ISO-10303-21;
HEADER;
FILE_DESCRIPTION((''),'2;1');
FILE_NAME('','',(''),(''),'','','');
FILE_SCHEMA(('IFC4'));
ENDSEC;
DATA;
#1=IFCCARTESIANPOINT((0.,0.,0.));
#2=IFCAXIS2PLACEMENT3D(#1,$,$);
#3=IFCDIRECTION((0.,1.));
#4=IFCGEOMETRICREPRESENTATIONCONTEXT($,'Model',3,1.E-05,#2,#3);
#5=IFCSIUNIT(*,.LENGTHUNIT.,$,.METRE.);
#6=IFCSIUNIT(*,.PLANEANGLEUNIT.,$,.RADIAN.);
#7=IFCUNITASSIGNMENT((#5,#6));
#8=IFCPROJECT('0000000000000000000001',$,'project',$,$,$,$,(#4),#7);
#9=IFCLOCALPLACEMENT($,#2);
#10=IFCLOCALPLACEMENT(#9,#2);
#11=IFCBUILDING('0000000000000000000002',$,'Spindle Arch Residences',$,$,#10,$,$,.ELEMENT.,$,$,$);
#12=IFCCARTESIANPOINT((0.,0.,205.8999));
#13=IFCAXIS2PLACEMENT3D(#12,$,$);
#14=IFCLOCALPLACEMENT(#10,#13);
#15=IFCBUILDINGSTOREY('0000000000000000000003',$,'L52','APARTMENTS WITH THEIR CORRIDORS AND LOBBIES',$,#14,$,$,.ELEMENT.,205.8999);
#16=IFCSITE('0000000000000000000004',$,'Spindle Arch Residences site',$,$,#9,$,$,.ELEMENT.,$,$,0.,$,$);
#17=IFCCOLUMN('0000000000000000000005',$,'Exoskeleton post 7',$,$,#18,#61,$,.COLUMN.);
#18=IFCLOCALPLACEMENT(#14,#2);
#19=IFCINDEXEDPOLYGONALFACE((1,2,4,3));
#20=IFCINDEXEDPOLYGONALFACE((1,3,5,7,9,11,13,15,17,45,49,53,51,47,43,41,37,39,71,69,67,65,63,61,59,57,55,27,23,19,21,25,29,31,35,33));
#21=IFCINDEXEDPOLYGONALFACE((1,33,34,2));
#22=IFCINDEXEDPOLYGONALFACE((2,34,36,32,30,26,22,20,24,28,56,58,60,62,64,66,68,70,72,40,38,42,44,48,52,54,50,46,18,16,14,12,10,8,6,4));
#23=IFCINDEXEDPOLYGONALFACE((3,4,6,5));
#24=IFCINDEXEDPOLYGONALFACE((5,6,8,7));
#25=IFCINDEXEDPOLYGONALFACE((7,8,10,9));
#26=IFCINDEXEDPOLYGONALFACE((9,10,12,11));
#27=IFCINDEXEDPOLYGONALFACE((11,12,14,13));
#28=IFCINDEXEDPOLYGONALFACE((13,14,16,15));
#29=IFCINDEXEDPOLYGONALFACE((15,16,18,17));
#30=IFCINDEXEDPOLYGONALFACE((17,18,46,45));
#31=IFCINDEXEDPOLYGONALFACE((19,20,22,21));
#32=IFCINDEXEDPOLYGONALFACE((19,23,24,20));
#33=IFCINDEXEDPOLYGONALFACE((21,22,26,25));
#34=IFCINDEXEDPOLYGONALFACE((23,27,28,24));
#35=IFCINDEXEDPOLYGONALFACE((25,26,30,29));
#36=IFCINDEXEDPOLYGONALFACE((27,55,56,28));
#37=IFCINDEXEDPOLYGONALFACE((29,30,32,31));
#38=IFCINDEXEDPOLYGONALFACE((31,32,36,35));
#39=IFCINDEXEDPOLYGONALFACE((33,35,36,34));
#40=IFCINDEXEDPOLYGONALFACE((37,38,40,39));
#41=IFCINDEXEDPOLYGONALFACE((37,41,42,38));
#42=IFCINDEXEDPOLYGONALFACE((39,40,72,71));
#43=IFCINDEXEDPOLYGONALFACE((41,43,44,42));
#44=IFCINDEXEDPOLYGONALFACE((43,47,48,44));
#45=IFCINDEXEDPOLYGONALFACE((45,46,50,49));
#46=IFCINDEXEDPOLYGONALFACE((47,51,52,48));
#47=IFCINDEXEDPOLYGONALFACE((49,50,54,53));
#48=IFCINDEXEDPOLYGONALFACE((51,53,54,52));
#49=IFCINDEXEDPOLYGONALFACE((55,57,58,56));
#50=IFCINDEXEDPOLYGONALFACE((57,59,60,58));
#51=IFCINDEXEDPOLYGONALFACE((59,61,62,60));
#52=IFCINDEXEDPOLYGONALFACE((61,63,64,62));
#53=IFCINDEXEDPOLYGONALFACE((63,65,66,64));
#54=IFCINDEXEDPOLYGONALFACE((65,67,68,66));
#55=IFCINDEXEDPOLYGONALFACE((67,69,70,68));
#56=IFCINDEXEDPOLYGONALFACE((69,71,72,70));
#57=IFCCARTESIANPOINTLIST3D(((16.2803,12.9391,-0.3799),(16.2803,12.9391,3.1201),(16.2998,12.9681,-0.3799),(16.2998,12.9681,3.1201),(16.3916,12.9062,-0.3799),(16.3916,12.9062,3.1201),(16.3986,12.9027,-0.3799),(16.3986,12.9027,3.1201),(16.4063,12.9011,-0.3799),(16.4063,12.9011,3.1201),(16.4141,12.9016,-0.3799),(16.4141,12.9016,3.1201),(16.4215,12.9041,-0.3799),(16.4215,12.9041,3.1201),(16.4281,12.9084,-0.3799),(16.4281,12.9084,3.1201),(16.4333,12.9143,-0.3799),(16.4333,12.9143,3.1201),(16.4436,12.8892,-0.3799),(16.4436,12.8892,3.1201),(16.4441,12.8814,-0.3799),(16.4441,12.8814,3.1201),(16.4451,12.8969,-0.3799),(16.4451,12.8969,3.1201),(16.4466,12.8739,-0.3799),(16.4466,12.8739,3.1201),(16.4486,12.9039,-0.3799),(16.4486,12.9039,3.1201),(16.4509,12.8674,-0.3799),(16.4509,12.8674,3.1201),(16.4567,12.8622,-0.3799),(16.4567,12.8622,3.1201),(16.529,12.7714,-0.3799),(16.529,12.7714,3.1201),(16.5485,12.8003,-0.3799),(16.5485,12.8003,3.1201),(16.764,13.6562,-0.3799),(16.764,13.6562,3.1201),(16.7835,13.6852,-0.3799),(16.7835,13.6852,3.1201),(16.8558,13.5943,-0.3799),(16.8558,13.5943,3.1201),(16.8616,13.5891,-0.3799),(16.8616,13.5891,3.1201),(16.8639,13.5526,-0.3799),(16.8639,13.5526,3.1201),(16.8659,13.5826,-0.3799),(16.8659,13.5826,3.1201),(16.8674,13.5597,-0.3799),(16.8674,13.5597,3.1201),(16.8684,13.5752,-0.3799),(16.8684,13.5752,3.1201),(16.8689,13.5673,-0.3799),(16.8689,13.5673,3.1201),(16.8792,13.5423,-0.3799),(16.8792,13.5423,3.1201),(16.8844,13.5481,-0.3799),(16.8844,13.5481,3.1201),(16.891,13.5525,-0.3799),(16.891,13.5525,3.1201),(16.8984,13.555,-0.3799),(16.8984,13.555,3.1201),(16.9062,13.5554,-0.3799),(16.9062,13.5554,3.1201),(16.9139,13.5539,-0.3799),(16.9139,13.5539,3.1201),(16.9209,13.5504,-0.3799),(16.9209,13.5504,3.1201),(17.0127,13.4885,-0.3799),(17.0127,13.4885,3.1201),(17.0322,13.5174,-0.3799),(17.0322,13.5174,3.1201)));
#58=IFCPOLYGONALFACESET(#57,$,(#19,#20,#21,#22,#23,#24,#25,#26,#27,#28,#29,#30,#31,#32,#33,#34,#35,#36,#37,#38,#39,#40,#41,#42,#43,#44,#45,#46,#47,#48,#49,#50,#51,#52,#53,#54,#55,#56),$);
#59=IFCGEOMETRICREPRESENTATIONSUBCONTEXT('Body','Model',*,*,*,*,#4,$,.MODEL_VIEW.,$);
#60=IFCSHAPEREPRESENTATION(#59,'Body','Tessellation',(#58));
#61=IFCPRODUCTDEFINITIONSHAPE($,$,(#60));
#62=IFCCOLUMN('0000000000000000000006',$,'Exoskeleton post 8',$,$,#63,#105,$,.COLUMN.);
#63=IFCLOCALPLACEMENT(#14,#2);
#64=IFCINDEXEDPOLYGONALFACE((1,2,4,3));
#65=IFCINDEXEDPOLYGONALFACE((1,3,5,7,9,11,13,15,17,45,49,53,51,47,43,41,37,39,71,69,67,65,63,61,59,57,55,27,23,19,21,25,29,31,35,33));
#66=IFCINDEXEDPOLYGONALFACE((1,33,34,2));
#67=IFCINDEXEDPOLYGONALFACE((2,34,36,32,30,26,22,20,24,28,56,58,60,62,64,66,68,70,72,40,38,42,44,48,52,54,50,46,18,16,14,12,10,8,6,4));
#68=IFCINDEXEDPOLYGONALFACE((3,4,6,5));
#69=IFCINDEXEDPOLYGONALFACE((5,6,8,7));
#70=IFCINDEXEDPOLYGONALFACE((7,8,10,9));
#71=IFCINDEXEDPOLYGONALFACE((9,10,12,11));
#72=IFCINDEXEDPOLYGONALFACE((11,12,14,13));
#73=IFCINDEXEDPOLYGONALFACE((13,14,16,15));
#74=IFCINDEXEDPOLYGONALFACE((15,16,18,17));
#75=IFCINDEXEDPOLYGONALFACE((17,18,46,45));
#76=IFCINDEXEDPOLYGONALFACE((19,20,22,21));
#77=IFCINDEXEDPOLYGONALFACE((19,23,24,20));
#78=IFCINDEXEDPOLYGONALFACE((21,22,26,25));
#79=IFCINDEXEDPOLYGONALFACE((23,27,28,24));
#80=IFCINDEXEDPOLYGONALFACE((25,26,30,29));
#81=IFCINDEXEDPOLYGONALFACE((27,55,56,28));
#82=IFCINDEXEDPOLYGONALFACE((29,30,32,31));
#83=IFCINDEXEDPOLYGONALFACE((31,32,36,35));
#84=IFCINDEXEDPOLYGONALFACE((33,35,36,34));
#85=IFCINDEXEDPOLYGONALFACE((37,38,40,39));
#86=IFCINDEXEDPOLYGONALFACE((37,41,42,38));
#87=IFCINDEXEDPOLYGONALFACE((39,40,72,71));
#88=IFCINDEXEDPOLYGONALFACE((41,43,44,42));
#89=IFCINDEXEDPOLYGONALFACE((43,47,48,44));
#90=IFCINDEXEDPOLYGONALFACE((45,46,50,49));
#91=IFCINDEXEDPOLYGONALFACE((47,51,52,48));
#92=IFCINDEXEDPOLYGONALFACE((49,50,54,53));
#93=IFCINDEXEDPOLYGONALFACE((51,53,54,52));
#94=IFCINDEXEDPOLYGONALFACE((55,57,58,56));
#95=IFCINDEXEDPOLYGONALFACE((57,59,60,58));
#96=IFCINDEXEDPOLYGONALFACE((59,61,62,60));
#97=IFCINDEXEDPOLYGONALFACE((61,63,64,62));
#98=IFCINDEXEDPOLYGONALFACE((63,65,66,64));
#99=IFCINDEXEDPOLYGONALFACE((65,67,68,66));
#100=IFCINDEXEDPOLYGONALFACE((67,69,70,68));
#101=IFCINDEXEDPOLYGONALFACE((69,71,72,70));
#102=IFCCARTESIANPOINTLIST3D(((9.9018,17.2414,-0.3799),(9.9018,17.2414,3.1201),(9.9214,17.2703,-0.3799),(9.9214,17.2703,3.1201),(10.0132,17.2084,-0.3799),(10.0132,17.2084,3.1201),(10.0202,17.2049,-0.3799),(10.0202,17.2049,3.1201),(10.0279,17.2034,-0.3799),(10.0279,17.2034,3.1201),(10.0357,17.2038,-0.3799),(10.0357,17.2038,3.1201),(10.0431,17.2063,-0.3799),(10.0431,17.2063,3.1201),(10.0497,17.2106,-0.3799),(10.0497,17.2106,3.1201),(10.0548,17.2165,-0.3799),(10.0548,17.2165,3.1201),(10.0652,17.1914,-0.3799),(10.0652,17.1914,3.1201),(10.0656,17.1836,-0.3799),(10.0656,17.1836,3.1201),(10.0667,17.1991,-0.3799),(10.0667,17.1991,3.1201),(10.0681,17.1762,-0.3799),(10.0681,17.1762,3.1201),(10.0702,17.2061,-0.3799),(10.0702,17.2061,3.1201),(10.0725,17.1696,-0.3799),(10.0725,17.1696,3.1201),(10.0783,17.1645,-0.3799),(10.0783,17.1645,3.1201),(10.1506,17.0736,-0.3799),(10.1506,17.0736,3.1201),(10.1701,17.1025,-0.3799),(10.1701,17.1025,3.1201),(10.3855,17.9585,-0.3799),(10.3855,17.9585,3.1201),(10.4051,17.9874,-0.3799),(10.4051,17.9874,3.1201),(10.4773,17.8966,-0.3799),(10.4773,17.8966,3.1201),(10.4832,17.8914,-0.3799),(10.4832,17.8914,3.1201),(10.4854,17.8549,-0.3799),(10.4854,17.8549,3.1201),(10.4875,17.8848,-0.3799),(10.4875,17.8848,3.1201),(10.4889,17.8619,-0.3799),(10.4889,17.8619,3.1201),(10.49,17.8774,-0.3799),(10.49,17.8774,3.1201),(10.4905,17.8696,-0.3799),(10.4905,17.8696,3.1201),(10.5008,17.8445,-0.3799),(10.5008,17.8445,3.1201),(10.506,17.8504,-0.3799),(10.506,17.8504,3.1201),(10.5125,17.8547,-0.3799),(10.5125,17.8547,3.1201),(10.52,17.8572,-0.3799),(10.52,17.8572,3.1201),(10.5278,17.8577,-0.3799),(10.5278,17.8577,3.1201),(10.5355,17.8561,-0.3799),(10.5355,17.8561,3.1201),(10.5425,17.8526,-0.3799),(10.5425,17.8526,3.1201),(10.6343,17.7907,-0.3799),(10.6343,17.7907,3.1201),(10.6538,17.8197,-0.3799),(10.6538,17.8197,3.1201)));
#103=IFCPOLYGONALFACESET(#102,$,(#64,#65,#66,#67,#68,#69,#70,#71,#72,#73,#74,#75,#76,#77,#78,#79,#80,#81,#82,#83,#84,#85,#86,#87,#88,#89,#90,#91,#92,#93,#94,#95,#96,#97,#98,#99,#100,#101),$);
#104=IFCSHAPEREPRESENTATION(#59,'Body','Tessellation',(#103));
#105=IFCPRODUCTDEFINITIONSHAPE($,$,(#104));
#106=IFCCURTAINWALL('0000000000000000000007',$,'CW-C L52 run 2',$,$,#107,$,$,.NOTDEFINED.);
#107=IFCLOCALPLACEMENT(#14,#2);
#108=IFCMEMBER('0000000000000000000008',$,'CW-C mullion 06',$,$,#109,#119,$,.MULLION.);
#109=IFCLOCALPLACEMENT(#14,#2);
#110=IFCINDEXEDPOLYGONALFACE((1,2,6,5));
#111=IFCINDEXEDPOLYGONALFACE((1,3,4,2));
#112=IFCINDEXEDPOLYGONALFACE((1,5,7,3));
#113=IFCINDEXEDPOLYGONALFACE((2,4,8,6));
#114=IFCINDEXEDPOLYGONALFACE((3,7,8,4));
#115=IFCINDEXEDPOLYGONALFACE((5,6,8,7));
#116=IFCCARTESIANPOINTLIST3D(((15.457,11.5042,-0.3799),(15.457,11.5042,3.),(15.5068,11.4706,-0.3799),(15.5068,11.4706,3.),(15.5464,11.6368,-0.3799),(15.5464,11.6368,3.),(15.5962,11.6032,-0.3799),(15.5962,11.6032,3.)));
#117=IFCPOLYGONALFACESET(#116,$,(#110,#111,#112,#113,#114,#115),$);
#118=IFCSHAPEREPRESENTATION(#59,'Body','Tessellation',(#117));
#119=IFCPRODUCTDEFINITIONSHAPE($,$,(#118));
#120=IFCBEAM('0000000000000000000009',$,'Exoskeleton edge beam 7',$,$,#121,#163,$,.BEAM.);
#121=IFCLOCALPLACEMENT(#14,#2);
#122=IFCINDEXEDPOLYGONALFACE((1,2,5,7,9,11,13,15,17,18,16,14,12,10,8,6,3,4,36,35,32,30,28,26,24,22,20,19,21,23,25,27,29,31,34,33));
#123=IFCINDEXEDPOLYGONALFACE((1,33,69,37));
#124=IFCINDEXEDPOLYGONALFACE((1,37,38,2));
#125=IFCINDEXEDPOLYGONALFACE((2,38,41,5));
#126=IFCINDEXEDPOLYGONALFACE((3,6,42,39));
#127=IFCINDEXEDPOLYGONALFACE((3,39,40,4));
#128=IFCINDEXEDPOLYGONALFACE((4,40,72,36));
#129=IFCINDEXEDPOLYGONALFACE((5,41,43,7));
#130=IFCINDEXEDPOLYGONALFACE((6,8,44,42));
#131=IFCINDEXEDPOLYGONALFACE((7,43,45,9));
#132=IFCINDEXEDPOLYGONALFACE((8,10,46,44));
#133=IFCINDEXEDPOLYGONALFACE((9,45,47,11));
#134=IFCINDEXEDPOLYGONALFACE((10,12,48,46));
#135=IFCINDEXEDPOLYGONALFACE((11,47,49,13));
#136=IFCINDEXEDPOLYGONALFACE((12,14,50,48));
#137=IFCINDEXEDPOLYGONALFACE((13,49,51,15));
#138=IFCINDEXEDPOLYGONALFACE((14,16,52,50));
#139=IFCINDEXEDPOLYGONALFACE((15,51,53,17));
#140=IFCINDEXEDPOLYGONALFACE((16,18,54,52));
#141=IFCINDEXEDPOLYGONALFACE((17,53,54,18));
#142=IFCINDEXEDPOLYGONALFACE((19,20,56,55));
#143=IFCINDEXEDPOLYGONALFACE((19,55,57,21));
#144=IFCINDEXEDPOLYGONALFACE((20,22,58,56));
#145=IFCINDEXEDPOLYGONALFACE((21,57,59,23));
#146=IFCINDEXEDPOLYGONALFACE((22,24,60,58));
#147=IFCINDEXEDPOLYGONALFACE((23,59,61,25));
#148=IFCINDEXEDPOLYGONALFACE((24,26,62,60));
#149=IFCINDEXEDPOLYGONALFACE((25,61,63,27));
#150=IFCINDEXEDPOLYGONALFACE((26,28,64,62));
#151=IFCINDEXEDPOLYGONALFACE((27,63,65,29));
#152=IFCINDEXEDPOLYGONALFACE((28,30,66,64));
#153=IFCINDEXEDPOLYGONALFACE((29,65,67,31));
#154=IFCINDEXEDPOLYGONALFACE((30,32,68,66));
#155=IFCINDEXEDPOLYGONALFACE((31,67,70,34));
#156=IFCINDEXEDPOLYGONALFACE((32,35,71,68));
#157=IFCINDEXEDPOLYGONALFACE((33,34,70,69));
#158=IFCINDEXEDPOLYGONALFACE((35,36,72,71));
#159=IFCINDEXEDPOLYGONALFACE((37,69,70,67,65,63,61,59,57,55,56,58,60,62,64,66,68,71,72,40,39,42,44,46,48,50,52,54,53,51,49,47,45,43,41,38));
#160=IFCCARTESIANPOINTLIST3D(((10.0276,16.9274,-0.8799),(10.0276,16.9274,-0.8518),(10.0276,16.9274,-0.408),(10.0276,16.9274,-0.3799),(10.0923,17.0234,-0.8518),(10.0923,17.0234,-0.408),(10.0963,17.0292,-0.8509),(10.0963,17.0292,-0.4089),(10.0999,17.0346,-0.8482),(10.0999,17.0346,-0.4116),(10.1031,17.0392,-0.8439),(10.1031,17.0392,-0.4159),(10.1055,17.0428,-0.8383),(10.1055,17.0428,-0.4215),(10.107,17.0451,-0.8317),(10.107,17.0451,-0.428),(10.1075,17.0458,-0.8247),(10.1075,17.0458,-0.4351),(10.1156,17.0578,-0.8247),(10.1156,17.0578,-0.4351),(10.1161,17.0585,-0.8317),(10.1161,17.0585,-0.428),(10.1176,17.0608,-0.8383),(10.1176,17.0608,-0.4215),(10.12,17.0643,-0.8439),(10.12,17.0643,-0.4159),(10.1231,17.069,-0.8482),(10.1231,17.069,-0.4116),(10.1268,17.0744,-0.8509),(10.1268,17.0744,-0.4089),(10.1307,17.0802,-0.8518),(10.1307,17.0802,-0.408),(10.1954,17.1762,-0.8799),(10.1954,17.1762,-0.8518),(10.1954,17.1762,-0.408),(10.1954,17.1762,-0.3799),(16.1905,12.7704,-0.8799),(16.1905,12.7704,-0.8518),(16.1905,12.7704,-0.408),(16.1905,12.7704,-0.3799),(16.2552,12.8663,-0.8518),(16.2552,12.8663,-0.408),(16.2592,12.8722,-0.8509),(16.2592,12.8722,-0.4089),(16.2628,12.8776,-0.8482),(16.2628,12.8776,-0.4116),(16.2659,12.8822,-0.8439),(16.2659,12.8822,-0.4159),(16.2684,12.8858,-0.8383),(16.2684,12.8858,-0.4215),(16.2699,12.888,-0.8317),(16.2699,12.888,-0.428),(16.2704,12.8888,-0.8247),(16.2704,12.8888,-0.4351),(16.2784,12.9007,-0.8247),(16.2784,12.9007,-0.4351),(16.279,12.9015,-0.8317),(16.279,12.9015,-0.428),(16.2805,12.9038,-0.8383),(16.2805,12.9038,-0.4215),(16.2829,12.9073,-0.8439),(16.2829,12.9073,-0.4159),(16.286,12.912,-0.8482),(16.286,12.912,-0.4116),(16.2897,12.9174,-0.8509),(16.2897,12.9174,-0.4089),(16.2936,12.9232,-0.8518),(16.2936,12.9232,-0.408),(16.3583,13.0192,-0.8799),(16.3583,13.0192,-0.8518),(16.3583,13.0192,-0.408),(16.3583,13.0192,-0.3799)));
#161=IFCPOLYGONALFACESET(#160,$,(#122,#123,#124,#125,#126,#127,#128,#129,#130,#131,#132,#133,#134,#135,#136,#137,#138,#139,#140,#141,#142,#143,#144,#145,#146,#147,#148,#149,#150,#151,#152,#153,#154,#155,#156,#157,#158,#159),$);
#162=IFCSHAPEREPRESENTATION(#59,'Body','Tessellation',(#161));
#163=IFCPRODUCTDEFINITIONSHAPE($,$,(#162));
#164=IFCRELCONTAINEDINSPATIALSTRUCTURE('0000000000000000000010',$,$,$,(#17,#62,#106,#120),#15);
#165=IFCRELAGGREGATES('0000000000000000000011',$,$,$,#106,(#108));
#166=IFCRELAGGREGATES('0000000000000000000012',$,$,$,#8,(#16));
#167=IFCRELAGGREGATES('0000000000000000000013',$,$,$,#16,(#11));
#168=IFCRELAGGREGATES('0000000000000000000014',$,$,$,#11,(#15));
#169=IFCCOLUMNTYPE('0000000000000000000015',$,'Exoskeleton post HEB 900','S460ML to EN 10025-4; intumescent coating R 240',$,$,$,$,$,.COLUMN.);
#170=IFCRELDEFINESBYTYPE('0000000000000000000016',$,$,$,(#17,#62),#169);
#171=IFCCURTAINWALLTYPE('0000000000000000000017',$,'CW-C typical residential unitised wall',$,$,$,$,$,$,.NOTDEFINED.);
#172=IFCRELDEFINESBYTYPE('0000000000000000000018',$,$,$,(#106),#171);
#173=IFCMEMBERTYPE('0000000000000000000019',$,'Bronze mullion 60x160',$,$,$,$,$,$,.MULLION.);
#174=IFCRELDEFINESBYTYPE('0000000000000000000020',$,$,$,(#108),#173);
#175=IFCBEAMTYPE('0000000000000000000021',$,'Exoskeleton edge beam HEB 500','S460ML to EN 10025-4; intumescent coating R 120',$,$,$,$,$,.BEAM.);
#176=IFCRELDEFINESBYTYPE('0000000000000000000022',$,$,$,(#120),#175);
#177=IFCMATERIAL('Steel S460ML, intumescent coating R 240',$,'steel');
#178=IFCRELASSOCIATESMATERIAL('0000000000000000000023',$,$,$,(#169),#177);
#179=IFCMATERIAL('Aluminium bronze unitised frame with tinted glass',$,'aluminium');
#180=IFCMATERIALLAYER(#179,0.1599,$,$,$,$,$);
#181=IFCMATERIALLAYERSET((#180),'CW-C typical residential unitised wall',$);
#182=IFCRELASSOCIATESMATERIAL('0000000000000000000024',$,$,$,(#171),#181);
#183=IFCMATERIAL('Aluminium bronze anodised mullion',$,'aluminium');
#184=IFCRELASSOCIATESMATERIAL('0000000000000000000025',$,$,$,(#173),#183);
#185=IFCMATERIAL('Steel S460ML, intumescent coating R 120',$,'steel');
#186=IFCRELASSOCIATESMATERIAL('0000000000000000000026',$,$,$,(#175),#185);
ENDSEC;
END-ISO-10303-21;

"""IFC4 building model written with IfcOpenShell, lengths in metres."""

from ifc_helpers import new_model, si_unit, direction, frame, origin, origin_2d, place, context, subcontext, project, spatial, rectangle, i_section, extrude, material, layer, layer_set, material_profile, profile_set, type_object, element, aggregate, save


model = new_model("IFC4")

# Units and contexts
model_context = context("Model", 3, precision=1e-05, world=origin(), true_north=direction((0.0, 1.0)))
body_context = subcontext(model_context, "Body", "Model", "MODEL_VIEW")
ifc_project = project(units=[si_unit("LENGTHUNIT", "METRE"), si_unit("PLANEANGLEUNIT", "RADIAN")], contexts=[model_context])

# Site, building, storey
site_placement = place(None, origin())
site = spatial("IfcSite", under=ifc_project, at=site_placement, Name="Spindle Arch Residences site", CompositionType="ELEMENT", RefElevation=0.0)
building_placement = place(site_placement, origin())
building = spatial("IfcBuilding", under=site, at=building_placement, Name="Spindle Arch Residences", CompositionType="ELEMENT")
storey_placement = place(building_placement, frame((0.0, 0.0, 205.8999)))
storey = spatial("IfcBuildingStorey", under=building, at=storey_placement, Name="L52", Description="APARTMENTS WITH THEIR CORRIDORS AND LOBBIES", CompositionType="ELEMENT", Elevation=205.8999)

# Columns
ifc_material_1 = material(Name="Steel S460ML, intumescent coating R 240", Category="steel")
ifc_material_profile_1 = material_profile(ifc_material_1, i_section(OverallWidth=0.3, OverallDepth=0.8999, WebThickness=0.0186, FlangeThickness=0.0349, FilletRadius=0.03, at=origin_2d()), Name="HEB 900")
ifc_profile_set_1 = profile_set([ifc_material_profile_1], Name="Steel S460ML, intumescent coating R 240")
column_type = type_object("IfcColumnType", Name="Exoskeleton post HEB 900", Description="S460ML to EN 10025-4; intumescent coating R 240", PredefinedType="COLUMN", material=ifc_profile_set_1)
for number, where, z_axis, x_axis, name in (
    (1, (16.6562, 13.2283, -0.3799), (0.0, 0.0, 1.0), (0.829038, -0.559193, 0.0), "Exoskeleton post 7"),
    (2, (10.2778, 17.5305, -0.3799), (0.0, 0.0, 1.0), (0.829038, -0.559193, 0.0), "Exoskeleton post 8"),
):
    element("IfcColumn", number, at=place(storey_placement, frame(where, z_axis=z_axis, x_axis=x_axis)), inside=storey, type_object=column_type, Name=name, PredefinedType="COLUMN", context=body_context, shape_type="SweptSolid", body=[
        extrude(i_section(OverallWidth=0.3, OverallDepth=0.8999, WebThickness=0.0186, FlangeThickness=0.0349, FilletRadius=0.03, at=origin_2d()), origin(), (0.0, 0.0, 1.0), 3.5),
    ])

# Curtain wall, member
ifc_material_2 = material(Name="Aluminium bronze unitised frame with tinted glass", Category="aluminium")
ifc_layer_1 = layer(ifc_material_2, 0.1599)
ifc_layer_set_1 = layer_set([ifc_layer_1], Name="CW-C typical residential unitised wall")
curtain_wall_type = type_object("IfcCurtainWallType", Name="CW-C typical residential unitised wall", PredefinedType="NOTDEFINED", material=ifc_layer_set_1)
curtain_wall_placement = place(storey_placement, origin())
curtain_wall = element("IfcCurtainWall", 3, at=curtain_wall_placement, inside=storey, type_object=curtain_wall_type, Name="CW-C L52 run 2", PredefinedType="NOTDEFINED")
ifc_material_3 = material(Name="Aluminium bronze anodised mullion", Category="aluminium")
ifc_material_profile_2 = material_profile(ifc_material_3, rectangle(XDim=0.1599, YDim=0.0601, at=origin_2d()), Name="MU 60x160")
ifc_profile_set_2 = profile_set([ifc_material_profile_2], Name="Aluminium bronze anodised mullion")
member_type = type_object("IfcMemberType", Name="Bronze mullion 60x160", PredefinedType="MULLION", material=ifc_profile_set_2)
member_placement = place(storey_placement, frame((15.5266, 11.5537, -0.3799), z_axis=(0.0, 0.0, 1.0), x_axis=(-0.559193, -0.829038, 0.0)))
member = element("IfcMember", 4, at=member_placement, type_object=member_type, Name="CW-C mullion 06", PredefinedType="MULLION", context=body_context, shape_type="SweptSolid", body=[
    extrude(rectangle(XDim=0.1599, YDim=0.0601, at=origin_2d()), origin(), (0.0, 0.0, 1.0), 3.3799),
])

# Beam
ifc_material_4 = material(Name="Steel S460ML, intumescent coating R 120", Category="steel")
ifc_material_profile_3 = material_profile(ifc_material_4, i_section(OverallWidth=0.3, OverallDepth=0.5, WebThickness=0.0144, FlangeThickness=0.0281, FilletRadius=0.0271, at=origin_2d()), Name="HEB 500")
ifc_profile_set_3 = profile_set([ifc_material_profile_3], Name="Steel S460ML, intumescent coating R 120")
beam_type_1 = type_object("IfcBeamType", Name="Exoskeleton edge beam HEB 500", Description="S460ML to EN 10025-4; intumescent coating R 120", PredefinedType="BEAM", material=ifc_profile_set_3)
beam_1_placement = place(storey_placement, frame((16.2744, 12.8948, -0.6299), z_axis=(-0.829032, 0.559202, 0.0), x_axis=(-0.559202, -0.829032, 0.0)))
element("IfcBeam", 5, at=beam_1_placement, inside=storey, type_object=beam_type_1, Name="Exoskeleton edge beam 7", PredefinedType="BEAM", context=body_context, shape_type="SweptSolid", body=[
    extrude(i_section(OverallWidth=0.3, OverallDepth=0.5, WebThickness=0.0144, FlangeThickness=0.0281, FilletRadius=0.0271, at=origin_2d()), origin(), (0.0, 0.0, 1.0), 7.4338),
])

aggregate(curtain_wall, [member])

save(model, "model.ifc")
